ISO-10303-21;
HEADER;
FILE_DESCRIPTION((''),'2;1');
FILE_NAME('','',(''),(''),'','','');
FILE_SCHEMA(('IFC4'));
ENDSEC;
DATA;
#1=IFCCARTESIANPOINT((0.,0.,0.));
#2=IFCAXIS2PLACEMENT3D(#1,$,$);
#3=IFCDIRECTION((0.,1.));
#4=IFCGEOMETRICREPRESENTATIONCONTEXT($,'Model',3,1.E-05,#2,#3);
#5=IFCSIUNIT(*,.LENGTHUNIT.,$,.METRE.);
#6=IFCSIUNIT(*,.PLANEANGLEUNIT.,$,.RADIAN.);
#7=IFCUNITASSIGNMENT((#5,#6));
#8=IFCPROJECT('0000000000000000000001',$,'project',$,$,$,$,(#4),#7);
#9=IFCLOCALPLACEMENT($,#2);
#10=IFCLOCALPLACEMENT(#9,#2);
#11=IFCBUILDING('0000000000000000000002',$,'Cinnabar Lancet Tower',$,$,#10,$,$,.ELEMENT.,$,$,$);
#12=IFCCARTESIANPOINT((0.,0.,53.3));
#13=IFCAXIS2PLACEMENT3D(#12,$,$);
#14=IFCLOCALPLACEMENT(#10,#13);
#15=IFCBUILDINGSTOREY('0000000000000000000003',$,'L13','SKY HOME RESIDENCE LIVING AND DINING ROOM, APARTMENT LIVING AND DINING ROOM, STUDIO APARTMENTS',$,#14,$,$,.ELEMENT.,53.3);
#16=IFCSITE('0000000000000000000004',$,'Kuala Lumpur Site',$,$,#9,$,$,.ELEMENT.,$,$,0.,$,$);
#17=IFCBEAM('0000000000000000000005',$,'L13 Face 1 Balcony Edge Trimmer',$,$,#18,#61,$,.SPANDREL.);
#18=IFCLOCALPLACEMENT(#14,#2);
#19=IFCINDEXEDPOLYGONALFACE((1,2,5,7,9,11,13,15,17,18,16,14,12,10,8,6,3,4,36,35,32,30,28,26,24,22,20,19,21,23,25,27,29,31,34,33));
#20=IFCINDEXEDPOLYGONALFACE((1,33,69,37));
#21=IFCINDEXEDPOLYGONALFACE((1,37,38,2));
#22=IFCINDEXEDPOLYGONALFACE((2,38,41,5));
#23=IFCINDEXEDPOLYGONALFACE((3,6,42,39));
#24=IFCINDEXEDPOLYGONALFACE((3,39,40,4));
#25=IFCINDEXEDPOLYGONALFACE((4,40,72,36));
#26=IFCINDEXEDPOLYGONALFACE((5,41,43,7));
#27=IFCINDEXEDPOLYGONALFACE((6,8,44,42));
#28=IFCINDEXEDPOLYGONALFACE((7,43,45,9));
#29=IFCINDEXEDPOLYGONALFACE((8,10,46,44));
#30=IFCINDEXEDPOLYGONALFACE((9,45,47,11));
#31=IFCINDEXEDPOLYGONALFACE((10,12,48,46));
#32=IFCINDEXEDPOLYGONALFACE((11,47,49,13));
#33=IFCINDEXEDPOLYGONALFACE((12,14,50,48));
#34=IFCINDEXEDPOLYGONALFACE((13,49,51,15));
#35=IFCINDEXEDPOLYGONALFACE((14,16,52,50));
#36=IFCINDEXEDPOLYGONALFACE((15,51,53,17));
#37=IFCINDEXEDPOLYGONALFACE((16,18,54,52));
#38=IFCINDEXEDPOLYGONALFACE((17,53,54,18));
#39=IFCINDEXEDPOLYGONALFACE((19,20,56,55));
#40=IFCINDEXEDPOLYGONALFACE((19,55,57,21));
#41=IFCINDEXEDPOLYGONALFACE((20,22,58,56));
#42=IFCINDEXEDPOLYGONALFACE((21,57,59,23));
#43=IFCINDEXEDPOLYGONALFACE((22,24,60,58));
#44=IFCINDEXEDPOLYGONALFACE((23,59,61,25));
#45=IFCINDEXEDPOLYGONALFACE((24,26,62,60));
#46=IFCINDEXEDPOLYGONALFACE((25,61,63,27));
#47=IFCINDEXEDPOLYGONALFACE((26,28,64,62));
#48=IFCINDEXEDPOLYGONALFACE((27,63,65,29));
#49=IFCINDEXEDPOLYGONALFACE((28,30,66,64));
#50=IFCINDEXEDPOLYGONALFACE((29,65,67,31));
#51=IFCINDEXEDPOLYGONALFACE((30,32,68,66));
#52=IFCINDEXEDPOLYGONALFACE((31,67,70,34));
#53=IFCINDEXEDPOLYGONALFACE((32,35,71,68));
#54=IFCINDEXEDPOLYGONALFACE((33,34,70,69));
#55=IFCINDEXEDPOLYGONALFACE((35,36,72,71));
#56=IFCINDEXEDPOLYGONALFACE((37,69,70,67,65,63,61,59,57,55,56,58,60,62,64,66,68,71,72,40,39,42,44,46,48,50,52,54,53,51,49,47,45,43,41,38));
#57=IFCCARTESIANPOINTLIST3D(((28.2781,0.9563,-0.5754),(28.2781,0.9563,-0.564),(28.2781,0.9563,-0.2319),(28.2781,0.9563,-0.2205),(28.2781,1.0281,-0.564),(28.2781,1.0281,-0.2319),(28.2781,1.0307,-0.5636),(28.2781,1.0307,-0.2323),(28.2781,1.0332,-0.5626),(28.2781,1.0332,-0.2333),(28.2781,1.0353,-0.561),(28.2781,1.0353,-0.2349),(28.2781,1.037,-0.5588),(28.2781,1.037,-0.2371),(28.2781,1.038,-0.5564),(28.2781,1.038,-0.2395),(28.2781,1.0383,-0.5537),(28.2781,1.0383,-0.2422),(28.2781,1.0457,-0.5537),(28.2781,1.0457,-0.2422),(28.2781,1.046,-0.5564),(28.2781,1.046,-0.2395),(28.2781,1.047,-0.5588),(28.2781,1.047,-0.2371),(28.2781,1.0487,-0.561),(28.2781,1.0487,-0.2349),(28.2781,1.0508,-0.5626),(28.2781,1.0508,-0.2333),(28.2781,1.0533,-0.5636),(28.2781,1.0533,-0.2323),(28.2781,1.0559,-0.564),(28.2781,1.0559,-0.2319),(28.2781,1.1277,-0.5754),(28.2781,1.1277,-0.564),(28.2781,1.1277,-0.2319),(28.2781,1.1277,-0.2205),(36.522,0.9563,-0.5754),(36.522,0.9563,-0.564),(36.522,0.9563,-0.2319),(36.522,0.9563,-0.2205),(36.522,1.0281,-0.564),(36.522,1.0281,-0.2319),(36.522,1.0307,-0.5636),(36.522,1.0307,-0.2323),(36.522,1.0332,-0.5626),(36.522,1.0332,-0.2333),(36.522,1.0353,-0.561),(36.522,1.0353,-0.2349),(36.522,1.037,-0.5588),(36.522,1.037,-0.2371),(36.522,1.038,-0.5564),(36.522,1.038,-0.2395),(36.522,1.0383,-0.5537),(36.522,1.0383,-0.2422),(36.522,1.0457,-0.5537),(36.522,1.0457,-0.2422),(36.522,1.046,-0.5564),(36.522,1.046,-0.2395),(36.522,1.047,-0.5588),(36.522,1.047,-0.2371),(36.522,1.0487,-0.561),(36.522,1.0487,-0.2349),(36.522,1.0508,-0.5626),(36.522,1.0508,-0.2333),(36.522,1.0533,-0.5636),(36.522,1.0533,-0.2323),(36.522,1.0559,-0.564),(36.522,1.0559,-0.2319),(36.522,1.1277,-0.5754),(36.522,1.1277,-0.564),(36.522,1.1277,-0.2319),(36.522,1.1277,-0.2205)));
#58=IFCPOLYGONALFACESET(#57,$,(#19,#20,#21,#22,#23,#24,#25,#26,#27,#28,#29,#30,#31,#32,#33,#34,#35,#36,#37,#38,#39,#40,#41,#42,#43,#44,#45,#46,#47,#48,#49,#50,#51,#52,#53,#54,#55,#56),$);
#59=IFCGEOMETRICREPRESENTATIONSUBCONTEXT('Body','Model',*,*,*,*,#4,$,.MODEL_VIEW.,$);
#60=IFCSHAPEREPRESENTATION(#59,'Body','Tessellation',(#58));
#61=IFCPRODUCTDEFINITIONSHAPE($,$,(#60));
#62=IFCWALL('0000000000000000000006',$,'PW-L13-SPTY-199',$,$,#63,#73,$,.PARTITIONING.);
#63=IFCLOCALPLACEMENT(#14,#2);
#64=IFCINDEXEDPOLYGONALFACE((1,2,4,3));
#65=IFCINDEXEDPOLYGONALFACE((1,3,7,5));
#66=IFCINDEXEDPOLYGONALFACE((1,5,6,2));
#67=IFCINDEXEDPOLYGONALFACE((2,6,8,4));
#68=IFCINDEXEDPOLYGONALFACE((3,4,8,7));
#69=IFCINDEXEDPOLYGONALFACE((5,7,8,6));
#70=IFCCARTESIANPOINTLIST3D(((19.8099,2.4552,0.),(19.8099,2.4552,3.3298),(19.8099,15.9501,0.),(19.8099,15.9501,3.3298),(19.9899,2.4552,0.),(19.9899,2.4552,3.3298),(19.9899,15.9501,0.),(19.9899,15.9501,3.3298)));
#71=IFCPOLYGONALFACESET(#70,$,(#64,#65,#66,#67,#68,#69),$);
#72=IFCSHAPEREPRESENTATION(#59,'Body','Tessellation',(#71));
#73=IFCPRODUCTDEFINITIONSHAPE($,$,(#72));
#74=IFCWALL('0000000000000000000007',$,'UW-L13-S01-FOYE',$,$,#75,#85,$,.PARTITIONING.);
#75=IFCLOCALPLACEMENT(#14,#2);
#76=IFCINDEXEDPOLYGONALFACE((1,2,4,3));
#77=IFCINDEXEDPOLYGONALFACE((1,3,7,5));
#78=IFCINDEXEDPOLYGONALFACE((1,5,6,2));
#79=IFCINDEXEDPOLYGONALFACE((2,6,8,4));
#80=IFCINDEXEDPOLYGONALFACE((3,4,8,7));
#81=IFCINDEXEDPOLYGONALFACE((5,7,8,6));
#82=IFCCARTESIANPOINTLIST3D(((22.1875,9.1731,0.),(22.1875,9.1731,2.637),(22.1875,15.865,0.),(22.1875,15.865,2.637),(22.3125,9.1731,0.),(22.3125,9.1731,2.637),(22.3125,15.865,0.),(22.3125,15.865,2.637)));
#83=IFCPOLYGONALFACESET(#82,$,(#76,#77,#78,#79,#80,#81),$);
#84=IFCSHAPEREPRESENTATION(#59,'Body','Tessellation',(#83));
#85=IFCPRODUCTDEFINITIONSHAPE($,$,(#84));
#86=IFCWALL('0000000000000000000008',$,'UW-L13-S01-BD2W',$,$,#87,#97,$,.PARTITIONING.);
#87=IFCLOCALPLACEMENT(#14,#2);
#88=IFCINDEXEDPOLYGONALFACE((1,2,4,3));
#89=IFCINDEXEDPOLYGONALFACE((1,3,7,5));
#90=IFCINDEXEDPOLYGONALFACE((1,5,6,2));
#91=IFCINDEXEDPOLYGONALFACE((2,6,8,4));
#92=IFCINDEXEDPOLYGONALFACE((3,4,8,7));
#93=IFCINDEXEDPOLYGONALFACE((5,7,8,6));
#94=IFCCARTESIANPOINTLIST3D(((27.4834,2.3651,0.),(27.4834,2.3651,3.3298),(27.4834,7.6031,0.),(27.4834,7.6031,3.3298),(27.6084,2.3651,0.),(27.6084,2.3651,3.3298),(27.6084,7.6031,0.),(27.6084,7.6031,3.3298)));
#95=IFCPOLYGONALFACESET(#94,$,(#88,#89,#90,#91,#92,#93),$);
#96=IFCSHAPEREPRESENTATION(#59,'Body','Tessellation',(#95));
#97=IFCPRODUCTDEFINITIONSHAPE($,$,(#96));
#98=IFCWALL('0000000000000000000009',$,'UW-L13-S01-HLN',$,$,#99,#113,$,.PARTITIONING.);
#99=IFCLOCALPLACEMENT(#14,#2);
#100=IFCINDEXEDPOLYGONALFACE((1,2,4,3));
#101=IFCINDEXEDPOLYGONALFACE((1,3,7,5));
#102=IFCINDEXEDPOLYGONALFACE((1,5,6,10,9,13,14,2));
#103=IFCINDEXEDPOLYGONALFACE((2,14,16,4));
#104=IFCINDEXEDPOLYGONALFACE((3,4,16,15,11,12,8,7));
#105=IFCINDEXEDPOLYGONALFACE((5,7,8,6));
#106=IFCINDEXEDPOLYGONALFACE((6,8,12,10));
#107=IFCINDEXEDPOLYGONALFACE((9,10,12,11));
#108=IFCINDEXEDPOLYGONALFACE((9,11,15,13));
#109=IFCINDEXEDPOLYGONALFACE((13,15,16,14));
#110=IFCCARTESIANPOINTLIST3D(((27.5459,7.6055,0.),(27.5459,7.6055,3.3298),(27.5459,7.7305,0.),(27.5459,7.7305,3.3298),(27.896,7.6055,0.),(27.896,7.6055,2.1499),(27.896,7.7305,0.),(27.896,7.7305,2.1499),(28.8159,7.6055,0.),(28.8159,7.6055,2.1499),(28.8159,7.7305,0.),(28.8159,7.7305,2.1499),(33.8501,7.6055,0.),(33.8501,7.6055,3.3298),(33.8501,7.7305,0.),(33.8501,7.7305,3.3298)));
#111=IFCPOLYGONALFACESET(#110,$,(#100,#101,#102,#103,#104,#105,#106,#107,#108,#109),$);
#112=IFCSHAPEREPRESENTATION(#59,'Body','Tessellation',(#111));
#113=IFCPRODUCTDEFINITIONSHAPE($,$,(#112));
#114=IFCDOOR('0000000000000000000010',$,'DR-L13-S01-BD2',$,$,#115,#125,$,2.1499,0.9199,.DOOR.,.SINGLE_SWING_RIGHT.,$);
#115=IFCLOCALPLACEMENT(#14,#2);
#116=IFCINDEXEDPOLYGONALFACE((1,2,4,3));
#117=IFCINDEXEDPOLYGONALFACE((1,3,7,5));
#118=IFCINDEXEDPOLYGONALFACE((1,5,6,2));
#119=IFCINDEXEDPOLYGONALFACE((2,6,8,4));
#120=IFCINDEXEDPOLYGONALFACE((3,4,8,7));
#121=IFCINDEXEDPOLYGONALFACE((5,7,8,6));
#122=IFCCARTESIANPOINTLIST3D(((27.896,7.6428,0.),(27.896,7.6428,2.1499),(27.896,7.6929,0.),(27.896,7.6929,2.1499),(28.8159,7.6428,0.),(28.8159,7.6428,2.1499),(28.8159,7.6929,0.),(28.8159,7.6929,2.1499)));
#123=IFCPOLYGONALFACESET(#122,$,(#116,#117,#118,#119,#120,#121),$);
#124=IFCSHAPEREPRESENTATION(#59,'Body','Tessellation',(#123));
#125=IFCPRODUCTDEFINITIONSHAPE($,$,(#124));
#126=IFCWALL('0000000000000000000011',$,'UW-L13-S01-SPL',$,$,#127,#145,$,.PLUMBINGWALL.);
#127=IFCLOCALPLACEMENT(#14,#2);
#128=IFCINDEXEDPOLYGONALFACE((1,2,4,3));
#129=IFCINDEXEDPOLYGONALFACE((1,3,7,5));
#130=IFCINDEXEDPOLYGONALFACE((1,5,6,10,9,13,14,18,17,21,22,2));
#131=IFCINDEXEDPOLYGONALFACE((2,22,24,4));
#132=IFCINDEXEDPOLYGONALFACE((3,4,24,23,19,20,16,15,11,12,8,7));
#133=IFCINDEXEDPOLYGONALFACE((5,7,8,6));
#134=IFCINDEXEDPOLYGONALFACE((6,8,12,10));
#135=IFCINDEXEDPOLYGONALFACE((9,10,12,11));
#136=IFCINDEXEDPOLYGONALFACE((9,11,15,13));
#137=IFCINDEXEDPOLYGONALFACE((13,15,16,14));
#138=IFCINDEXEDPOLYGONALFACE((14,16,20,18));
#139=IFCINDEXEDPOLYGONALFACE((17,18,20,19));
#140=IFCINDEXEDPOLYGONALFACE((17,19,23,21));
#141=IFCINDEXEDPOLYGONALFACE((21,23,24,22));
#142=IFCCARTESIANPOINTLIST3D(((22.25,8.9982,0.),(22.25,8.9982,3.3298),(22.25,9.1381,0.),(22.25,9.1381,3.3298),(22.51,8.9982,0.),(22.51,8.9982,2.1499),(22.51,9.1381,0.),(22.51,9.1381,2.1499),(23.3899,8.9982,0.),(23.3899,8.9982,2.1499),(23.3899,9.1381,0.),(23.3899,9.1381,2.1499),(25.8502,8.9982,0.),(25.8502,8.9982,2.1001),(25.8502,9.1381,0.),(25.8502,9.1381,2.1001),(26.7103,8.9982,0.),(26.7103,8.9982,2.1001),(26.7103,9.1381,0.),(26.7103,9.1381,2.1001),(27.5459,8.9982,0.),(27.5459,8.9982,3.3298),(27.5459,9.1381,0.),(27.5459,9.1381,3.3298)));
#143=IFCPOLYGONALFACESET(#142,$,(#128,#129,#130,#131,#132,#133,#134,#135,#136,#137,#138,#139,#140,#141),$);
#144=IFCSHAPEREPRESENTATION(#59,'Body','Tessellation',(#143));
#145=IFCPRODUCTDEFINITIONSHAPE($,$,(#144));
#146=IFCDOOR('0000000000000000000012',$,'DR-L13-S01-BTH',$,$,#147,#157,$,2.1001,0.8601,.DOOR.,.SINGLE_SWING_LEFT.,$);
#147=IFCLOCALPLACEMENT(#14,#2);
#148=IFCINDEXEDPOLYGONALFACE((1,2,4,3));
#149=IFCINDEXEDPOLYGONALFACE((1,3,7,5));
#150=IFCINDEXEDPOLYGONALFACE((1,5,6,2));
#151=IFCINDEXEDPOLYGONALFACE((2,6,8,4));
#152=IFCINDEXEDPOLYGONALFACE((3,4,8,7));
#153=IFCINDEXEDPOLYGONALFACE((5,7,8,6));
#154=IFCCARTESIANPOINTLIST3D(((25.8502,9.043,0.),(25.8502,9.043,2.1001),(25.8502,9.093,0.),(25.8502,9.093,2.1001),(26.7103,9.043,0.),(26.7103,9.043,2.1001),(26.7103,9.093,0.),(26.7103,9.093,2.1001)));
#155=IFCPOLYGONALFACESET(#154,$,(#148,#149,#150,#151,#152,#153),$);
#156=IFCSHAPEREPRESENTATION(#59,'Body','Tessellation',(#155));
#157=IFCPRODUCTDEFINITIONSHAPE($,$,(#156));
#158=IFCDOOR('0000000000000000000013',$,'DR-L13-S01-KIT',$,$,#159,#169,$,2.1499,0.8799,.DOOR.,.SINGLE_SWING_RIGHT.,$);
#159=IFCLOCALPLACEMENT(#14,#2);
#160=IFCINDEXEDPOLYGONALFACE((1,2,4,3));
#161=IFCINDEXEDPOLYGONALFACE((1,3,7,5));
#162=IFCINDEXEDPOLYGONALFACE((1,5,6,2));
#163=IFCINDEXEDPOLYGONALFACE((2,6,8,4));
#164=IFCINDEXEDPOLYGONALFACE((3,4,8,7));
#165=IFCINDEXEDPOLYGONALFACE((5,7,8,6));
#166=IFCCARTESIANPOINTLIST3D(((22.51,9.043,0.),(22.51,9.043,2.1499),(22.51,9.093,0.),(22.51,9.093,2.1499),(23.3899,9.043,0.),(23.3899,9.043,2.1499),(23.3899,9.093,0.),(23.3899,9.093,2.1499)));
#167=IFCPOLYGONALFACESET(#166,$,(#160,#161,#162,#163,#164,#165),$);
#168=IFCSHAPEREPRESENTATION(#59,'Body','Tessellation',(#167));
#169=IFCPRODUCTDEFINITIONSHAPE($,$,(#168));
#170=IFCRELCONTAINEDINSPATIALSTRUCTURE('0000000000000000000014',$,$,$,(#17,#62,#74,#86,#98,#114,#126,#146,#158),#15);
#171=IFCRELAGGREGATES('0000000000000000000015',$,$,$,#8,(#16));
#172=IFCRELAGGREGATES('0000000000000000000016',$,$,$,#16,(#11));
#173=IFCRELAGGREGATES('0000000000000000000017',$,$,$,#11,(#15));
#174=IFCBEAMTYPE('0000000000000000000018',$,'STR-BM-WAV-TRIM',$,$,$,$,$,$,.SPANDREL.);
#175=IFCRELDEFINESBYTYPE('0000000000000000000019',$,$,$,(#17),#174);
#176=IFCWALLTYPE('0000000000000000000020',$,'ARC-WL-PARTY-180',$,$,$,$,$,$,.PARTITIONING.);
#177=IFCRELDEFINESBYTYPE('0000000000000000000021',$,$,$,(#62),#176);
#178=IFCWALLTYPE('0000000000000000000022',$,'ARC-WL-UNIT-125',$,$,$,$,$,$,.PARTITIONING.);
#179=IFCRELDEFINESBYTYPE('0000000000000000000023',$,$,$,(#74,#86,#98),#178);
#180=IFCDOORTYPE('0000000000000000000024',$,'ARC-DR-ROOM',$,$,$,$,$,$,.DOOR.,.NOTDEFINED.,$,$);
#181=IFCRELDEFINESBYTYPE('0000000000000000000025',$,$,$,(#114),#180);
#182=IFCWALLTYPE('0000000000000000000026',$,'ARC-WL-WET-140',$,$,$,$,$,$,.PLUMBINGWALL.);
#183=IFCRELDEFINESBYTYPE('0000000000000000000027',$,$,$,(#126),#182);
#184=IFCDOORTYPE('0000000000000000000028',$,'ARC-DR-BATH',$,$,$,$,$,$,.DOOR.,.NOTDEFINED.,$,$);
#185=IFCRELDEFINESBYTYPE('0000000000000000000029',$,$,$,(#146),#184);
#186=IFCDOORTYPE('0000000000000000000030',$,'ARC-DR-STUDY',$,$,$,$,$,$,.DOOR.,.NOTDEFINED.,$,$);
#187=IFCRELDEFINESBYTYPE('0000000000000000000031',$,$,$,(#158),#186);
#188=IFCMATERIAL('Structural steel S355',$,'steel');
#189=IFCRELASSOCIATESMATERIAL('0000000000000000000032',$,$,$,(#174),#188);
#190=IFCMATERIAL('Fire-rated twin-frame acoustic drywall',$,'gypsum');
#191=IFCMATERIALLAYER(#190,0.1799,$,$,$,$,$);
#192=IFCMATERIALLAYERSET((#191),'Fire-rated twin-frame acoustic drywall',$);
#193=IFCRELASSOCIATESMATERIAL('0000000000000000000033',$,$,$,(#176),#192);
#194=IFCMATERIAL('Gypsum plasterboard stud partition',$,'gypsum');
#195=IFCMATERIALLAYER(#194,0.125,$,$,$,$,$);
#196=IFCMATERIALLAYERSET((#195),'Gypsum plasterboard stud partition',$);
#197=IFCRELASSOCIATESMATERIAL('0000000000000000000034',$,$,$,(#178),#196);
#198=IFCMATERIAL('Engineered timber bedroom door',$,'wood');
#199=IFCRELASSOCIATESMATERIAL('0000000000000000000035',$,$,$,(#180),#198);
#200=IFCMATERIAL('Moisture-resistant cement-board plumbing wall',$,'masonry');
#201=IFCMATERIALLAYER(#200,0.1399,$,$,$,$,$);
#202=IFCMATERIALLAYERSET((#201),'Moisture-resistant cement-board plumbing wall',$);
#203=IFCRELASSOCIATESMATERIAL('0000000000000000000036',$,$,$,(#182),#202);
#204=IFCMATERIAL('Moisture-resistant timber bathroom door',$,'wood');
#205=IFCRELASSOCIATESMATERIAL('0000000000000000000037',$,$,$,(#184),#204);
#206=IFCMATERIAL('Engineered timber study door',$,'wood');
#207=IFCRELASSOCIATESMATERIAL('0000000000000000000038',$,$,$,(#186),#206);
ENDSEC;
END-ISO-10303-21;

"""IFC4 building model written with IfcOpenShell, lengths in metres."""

from ifc_helpers import new_model, si_unit, direction, frame, frame_2d, origin, origin_2d, place, context, subcontext, project, spatial, rectangle, i_section, extrude, material, layer, layer_set, material_profile, profile_set, type_object, element, fill, save


model = new_model("IFC4")

# Units and contexts
model_context = context("Model", 3, precision=1e-05, world=origin(), true_north=direction((0.0, 1.0)))
body_context = subcontext(model_context, "Body", "Model", "MODEL_VIEW")
ifc_project = project(units=[si_unit("LENGTHUNIT", "METRE"), si_unit("PLANEANGLEUNIT", "RADIAN")], contexts=[model_context])

# Site, building, storey
site_placement = place(None, origin())
site = spatial("IfcSite", under=ifc_project, at=site_placement, Name="Kuala Lumpur Site", CompositionType="ELEMENT", RefElevation=0.0)
building_placement = place(site_placement, origin())
building = spatial("IfcBuilding", under=site, at=building_placement, Name="Cinnabar Lancet Tower", CompositionType="ELEMENT")
storey_placement = place(building_placement, frame((0.0, 0.0, 53.3)))
storey = spatial("IfcBuildingStorey", under=building, at=storey_placement, Name="L13", Description="SKY HOME RESIDENCE LIVING AND DINING ROOM, APARTMENT LIVING AND DINING ROOM, STUDIO APARTMENTS", CompositionType="ELEMENT", Elevation=53.3)

# Beam
ifc_material_1 = material(Name="Structural steel S355", Category="steel")
ifc_material_profile_1 = material_profile(ifc_material_1, i_section(OverallWidth=0.1714, OverallDepth=0.355, WebThickness=0.0073, FlangeThickness=0.0115, FilletRadius=0.0103, at=origin_2d()), Name="UKB 356x171x51")
ifc_profile_set_1 = profile_set([ifc_material_profile_1], Name="Structural steel S355")
beam_type_1 = type_object("IfcBeamType", Name="STR-BM-WAV-TRIM", PredefinedType="SPANDREL", material=ifc_profile_set_1)
beam_1_placement = place(storey_placement, frame((28.2781, 1.042, -0.3979), z_axis=(1.0, 0.0, 0.0), x_axis=(0.0, 1.0, 0.0)))
element("IfcBeam", 1, at=beam_1_placement, inside=storey, type_object=beam_type_1, Name="L13 Face 1 Balcony Edge Trimmer", PredefinedType="SPANDREL", context=body_context, shape_type="SweptSolid", body=[
    extrude(i_section(OverallWidth=0.1714, OverallDepth=0.355, WebThickness=0.0073, FlangeThickness=0.0115, FilletRadius=0.0103, at=origin_2d()), origin(), (0.0, 0.0, 1.0), 8.2439),
])

# Walls
ifc_material_2 = material(Name="Fire-rated twin-frame acoustic drywall", Category="gypsum")
ifc_layer_1 = layer(ifc_material_2, 0.1799)
ifc_layer_set_1 = layer_set([ifc_layer_1], Name="Fire-rated twin-frame acoustic drywall")
wall_type_1 = type_object("IfcWallType", Name="ARC-WL-PARTY-180", PredefinedType="PARTITIONING", material=ifc_layer_set_1)
wall_1_placement = place(storey_placement, frame((19.8999, 2.4551, 0.0), z_axis=(0.0, 0.0, 1.0), x_axis=(0.0, 1.0, 0.0)))
element("IfcWall", 2, at=wall_1_placement, inside=storey, type_object=wall_type_1, Name="PW-L13-SPTY-199", PredefinedType="PARTITIONING", context=body_context, shape_type="SweptSolid", body=[
    extrude(rectangle(XDim=13.4949, YDim=0.1799, at=frame_2d((6.7476, 0.0))), origin(), (0.0, 0.0, 1.0), 3.3298),
])
ifc_material_3 = material(Name="Gypsum plasterboard stud partition", Category="gypsum")
ifc_layer_2 = layer(ifc_material_3, 0.125)
ifc_layer_set_2 = layer_set([ifc_layer_2], Name="Gypsum plasterboard stud partition")
wall_type_2 = type_object("IfcWallType", Name="ARC-WL-UNIT-125", PredefinedType="PARTITIONING", material=ifc_layer_set_2)
wall_2_placement = place(storey_placement, frame((22.25, 9.1731, 0.0), z_axis=(0.0, 0.0, 1.0), x_axis=(0.0, 1.0, 0.0)))
element("IfcWall", 3, at=wall_2_placement, inside=storey, type_object=wall_type_2, Name="UW-L13-S01-FOYE", PredefinedType="PARTITIONING", context=body_context, shape_type="SweptSolid", body=[
    extrude(rectangle(XDim=6.6919, YDim=0.125, at=frame_2d((3.3459, 0.0))), origin(), (0.0, 0.0, 1.0), 2.637),
])
wall_3_placement = place(storey_placement, frame((27.5459, 2.365, 0.0), z_axis=(0.0, 0.0, 1.0), x_axis=(0.0, 1.0, 0.0)))
element("IfcWall", 4, at=wall_3_placement, inside=storey, type_object=wall_type_2, Name="UW-L13-S01-BD2W", PredefinedType="PARTITIONING", context=body_context, shape_type="SweptSolid", body=[
    extrude(rectangle(XDim=5.238, YDim=0.125, at=frame_2d((2.6191, 0.0))), origin(), (0.0, 0.0, 1.0), 3.3298),
])

# Wall, opening, door
wall_4_placement = place(storey_placement, frame((27.5459, 7.668, 0.0), z_axis=(0.0, 0.0, 1.0), x_axis=(1.0, 0.0, 0.0)))
wall_4 = element("IfcWall", 5, at=wall_4_placement, inside=storey, type_object=wall_type_2, Name="UW-L13-S01-HLN", PredefinedType="PARTITIONING", context=body_context, shape_type="SweptSolid", body=[
    extrude(rectangle(XDim=6.3042, YDim=0.125, at=frame_2d((3.1521, 0.0))), origin(), (0.0, 0.0, 1.0), 3.3298),
])
opening_1_placement = place(wall_4_placement, frame((0.3501, 0.0, 0.0)))
opening_1 = element("IfcOpeningElement", 6, at=opening_1_placement, cuts=wall_4, PredefinedType="OPENING", context=body_context, shape_type="SweptSolid", body=[
    extrude(rectangle(XDim=0.9199, YDim=2.1499, at=frame_2d((0.46, 1.075))), frame((0.0, 0.0725, 0.0), z_axis=(0.0, -1.0, 0.0), x_axis=(1.0, 0.0, 0.0)), (0.0, 0.0, 1.0), 0.145),
])
ifc_material_4 = material(Name="Engineered timber bedroom door", Category="wood")
door_type_1 = type_object("IfcDoorType", Name="ARC-DR-ROOM", OperationType="NOTDEFINED", PredefinedType="DOOR", material=ifc_material_4)
door_1_placement = place(opening_1_placement, origin())
door_1 = element("IfcDoor", 7, at=door_1_placement, inside=storey, type_object=door_type_1, Name="DR-L13-S01-BD2", OperationType="SINGLE_SWING_RIGHT", OverallHeight=2.1499, OverallWidth=0.9199, PredefinedType="DOOR", context=body_context, shape_type="SweptSolid", body=[
    extrude(rectangle(XDim=0.9199, YDim=2.1499, at=frame_2d((0.46, 1.075))), frame((0.0, 0.0249, 0.0), z_axis=(0.0, -1.0, 0.0), x_axis=(1.0, 0.0, 0.0)), (0.0, 0.0, 1.0), 0.05),
])
fill(opening_1, door_1)

# Wall, openings, doors
ifc_material_5 = material(Name="Moisture-resistant cement-board plumbing wall", Category="masonry")
ifc_layer_3 = layer(ifc_material_5, 0.1399)
ifc_layer_set_3 = layer_set([ifc_layer_3], Name="Moisture-resistant cement-board plumbing wall")
wall_type_3 = type_object("IfcWallType", Name="ARC-WL-WET-140", PredefinedType="PLUMBINGWALL", material=ifc_layer_set_3)
wall_5_placement = place(storey_placement, frame((22.25, 9.0681, 0.0), z_axis=(0.0, 0.0, 1.0), x_axis=(1.0, 0.0, 0.0)))
wall_5 = element("IfcWall", 8, at=wall_5_placement, inside=storey, type_object=wall_type_3, Name="UW-L13-S01-SPL", PredefinedType="PLUMBINGWALL", context=body_context, shape_type="SweptSolid", body=[
    extrude(rectangle(XDim=5.2959, YDim=0.1399, at=frame_2d((2.6479, 0.0))), origin(), (0.0, 0.0, 1.0), 3.3298),
])
opening_2_placement = place(wall_5_placement, frame((3.6001, 0.0, 0.0)))
opening_2 = element("IfcOpeningElement", 9, at=opening_2_placement, cuts=wall_5, PredefinedType="OPENING", context=body_context, shape_type="SweptSolid", body=[
    extrude(rectangle(XDim=0.8601, YDim=2.1001, at=frame_2d((0.4302, 1.05))), frame((0.0, 0.0798, 0.0), z_axis=(0.0, -1.0, 0.0), x_axis=(1.0, 0.0, 0.0)), (0.0, 0.0, 1.0), 0.1599),
])
opening_3_placement = place(wall_5_placement, frame((0.26, 0.0, 0.0)))
opening_3 = element("IfcOpeningElement", 10, at=opening_3_placement, cuts=wall_5, PredefinedType="OPENING", context=body_context, shape_type="SweptSolid", body=[
    extrude(rectangle(XDim=0.8799, YDim=2.1499, at=frame_2d((0.4399, 1.075))), frame((0.0, 0.0798, 0.0), z_axis=(0.0, -1.0, 0.0), x_axis=(1.0, 0.0, 0.0)), (0.0, 0.0, 1.0), 0.1599),
])
ifc_material_6 = material(Name="Moisture-resistant timber bathroom door", Category="wood")
door_type_2 = type_object("IfcDoorType", Name="ARC-DR-BATH", OperationType="NOTDEFINED", PredefinedType="DOOR", material=ifc_material_6)
door_2_placement = place(opening_2_placement, origin())
door_2 = element("IfcDoor", 11, at=door_2_placement, inside=storey, type_object=door_type_2, Name="DR-L13-S01-BTH", OperationType="SINGLE_SWING_LEFT", OverallHeight=2.1001, OverallWidth=0.8601, PredefinedType="DOOR", context=body_context, shape_type="SweptSolid", body=[
    extrude(rectangle(XDim=0.8601, YDim=2.1001, at=frame_2d((0.4302, 1.05))), frame((0.0, 0.0249, 0.0), z_axis=(0.0, -1.0, 0.0), x_axis=(1.0, 0.0, 0.0)), (0.0, 0.0, 1.0), 0.05),
])
fill(opening_2, door_2)
ifc_material_7 = material(Name="Engineered timber study door", Category="wood")
door_type_3 = type_object("IfcDoorType", Name="ARC-DR-STUDY", OperationType="NOTDEFINED", PredefinedType="DOOR", material=ifc_material_7)
door_3_placement = place(opening_3_placement, origin())
door_3 = element("IfcDoor", 12, at=door_3_placement, inside=storey, type_object=door_type_3, Name="DR-L13-S01-KIT", OperationType="SINGLE_SWING_RIGHT", OverallHeight=2.1499, OverallWidth=0.8799, PredefinedType="DOOR", context=body_context, shape_type="SweptSolid", body=[
    extrude(rectangle(XDim=0.8799, YDim=2.1499, at=frame_2d((0.4399, 1.075))), frame((0.0, 0.0249, 0.0), z_axis=(0.0, -1.0, 0.0), x_axis=(1.0, 0.0, 0.0)), (0.0, 0.0, 1.0), 0.05),
])
fill(opening_3, door_3)

save(model, "model.ifc")
